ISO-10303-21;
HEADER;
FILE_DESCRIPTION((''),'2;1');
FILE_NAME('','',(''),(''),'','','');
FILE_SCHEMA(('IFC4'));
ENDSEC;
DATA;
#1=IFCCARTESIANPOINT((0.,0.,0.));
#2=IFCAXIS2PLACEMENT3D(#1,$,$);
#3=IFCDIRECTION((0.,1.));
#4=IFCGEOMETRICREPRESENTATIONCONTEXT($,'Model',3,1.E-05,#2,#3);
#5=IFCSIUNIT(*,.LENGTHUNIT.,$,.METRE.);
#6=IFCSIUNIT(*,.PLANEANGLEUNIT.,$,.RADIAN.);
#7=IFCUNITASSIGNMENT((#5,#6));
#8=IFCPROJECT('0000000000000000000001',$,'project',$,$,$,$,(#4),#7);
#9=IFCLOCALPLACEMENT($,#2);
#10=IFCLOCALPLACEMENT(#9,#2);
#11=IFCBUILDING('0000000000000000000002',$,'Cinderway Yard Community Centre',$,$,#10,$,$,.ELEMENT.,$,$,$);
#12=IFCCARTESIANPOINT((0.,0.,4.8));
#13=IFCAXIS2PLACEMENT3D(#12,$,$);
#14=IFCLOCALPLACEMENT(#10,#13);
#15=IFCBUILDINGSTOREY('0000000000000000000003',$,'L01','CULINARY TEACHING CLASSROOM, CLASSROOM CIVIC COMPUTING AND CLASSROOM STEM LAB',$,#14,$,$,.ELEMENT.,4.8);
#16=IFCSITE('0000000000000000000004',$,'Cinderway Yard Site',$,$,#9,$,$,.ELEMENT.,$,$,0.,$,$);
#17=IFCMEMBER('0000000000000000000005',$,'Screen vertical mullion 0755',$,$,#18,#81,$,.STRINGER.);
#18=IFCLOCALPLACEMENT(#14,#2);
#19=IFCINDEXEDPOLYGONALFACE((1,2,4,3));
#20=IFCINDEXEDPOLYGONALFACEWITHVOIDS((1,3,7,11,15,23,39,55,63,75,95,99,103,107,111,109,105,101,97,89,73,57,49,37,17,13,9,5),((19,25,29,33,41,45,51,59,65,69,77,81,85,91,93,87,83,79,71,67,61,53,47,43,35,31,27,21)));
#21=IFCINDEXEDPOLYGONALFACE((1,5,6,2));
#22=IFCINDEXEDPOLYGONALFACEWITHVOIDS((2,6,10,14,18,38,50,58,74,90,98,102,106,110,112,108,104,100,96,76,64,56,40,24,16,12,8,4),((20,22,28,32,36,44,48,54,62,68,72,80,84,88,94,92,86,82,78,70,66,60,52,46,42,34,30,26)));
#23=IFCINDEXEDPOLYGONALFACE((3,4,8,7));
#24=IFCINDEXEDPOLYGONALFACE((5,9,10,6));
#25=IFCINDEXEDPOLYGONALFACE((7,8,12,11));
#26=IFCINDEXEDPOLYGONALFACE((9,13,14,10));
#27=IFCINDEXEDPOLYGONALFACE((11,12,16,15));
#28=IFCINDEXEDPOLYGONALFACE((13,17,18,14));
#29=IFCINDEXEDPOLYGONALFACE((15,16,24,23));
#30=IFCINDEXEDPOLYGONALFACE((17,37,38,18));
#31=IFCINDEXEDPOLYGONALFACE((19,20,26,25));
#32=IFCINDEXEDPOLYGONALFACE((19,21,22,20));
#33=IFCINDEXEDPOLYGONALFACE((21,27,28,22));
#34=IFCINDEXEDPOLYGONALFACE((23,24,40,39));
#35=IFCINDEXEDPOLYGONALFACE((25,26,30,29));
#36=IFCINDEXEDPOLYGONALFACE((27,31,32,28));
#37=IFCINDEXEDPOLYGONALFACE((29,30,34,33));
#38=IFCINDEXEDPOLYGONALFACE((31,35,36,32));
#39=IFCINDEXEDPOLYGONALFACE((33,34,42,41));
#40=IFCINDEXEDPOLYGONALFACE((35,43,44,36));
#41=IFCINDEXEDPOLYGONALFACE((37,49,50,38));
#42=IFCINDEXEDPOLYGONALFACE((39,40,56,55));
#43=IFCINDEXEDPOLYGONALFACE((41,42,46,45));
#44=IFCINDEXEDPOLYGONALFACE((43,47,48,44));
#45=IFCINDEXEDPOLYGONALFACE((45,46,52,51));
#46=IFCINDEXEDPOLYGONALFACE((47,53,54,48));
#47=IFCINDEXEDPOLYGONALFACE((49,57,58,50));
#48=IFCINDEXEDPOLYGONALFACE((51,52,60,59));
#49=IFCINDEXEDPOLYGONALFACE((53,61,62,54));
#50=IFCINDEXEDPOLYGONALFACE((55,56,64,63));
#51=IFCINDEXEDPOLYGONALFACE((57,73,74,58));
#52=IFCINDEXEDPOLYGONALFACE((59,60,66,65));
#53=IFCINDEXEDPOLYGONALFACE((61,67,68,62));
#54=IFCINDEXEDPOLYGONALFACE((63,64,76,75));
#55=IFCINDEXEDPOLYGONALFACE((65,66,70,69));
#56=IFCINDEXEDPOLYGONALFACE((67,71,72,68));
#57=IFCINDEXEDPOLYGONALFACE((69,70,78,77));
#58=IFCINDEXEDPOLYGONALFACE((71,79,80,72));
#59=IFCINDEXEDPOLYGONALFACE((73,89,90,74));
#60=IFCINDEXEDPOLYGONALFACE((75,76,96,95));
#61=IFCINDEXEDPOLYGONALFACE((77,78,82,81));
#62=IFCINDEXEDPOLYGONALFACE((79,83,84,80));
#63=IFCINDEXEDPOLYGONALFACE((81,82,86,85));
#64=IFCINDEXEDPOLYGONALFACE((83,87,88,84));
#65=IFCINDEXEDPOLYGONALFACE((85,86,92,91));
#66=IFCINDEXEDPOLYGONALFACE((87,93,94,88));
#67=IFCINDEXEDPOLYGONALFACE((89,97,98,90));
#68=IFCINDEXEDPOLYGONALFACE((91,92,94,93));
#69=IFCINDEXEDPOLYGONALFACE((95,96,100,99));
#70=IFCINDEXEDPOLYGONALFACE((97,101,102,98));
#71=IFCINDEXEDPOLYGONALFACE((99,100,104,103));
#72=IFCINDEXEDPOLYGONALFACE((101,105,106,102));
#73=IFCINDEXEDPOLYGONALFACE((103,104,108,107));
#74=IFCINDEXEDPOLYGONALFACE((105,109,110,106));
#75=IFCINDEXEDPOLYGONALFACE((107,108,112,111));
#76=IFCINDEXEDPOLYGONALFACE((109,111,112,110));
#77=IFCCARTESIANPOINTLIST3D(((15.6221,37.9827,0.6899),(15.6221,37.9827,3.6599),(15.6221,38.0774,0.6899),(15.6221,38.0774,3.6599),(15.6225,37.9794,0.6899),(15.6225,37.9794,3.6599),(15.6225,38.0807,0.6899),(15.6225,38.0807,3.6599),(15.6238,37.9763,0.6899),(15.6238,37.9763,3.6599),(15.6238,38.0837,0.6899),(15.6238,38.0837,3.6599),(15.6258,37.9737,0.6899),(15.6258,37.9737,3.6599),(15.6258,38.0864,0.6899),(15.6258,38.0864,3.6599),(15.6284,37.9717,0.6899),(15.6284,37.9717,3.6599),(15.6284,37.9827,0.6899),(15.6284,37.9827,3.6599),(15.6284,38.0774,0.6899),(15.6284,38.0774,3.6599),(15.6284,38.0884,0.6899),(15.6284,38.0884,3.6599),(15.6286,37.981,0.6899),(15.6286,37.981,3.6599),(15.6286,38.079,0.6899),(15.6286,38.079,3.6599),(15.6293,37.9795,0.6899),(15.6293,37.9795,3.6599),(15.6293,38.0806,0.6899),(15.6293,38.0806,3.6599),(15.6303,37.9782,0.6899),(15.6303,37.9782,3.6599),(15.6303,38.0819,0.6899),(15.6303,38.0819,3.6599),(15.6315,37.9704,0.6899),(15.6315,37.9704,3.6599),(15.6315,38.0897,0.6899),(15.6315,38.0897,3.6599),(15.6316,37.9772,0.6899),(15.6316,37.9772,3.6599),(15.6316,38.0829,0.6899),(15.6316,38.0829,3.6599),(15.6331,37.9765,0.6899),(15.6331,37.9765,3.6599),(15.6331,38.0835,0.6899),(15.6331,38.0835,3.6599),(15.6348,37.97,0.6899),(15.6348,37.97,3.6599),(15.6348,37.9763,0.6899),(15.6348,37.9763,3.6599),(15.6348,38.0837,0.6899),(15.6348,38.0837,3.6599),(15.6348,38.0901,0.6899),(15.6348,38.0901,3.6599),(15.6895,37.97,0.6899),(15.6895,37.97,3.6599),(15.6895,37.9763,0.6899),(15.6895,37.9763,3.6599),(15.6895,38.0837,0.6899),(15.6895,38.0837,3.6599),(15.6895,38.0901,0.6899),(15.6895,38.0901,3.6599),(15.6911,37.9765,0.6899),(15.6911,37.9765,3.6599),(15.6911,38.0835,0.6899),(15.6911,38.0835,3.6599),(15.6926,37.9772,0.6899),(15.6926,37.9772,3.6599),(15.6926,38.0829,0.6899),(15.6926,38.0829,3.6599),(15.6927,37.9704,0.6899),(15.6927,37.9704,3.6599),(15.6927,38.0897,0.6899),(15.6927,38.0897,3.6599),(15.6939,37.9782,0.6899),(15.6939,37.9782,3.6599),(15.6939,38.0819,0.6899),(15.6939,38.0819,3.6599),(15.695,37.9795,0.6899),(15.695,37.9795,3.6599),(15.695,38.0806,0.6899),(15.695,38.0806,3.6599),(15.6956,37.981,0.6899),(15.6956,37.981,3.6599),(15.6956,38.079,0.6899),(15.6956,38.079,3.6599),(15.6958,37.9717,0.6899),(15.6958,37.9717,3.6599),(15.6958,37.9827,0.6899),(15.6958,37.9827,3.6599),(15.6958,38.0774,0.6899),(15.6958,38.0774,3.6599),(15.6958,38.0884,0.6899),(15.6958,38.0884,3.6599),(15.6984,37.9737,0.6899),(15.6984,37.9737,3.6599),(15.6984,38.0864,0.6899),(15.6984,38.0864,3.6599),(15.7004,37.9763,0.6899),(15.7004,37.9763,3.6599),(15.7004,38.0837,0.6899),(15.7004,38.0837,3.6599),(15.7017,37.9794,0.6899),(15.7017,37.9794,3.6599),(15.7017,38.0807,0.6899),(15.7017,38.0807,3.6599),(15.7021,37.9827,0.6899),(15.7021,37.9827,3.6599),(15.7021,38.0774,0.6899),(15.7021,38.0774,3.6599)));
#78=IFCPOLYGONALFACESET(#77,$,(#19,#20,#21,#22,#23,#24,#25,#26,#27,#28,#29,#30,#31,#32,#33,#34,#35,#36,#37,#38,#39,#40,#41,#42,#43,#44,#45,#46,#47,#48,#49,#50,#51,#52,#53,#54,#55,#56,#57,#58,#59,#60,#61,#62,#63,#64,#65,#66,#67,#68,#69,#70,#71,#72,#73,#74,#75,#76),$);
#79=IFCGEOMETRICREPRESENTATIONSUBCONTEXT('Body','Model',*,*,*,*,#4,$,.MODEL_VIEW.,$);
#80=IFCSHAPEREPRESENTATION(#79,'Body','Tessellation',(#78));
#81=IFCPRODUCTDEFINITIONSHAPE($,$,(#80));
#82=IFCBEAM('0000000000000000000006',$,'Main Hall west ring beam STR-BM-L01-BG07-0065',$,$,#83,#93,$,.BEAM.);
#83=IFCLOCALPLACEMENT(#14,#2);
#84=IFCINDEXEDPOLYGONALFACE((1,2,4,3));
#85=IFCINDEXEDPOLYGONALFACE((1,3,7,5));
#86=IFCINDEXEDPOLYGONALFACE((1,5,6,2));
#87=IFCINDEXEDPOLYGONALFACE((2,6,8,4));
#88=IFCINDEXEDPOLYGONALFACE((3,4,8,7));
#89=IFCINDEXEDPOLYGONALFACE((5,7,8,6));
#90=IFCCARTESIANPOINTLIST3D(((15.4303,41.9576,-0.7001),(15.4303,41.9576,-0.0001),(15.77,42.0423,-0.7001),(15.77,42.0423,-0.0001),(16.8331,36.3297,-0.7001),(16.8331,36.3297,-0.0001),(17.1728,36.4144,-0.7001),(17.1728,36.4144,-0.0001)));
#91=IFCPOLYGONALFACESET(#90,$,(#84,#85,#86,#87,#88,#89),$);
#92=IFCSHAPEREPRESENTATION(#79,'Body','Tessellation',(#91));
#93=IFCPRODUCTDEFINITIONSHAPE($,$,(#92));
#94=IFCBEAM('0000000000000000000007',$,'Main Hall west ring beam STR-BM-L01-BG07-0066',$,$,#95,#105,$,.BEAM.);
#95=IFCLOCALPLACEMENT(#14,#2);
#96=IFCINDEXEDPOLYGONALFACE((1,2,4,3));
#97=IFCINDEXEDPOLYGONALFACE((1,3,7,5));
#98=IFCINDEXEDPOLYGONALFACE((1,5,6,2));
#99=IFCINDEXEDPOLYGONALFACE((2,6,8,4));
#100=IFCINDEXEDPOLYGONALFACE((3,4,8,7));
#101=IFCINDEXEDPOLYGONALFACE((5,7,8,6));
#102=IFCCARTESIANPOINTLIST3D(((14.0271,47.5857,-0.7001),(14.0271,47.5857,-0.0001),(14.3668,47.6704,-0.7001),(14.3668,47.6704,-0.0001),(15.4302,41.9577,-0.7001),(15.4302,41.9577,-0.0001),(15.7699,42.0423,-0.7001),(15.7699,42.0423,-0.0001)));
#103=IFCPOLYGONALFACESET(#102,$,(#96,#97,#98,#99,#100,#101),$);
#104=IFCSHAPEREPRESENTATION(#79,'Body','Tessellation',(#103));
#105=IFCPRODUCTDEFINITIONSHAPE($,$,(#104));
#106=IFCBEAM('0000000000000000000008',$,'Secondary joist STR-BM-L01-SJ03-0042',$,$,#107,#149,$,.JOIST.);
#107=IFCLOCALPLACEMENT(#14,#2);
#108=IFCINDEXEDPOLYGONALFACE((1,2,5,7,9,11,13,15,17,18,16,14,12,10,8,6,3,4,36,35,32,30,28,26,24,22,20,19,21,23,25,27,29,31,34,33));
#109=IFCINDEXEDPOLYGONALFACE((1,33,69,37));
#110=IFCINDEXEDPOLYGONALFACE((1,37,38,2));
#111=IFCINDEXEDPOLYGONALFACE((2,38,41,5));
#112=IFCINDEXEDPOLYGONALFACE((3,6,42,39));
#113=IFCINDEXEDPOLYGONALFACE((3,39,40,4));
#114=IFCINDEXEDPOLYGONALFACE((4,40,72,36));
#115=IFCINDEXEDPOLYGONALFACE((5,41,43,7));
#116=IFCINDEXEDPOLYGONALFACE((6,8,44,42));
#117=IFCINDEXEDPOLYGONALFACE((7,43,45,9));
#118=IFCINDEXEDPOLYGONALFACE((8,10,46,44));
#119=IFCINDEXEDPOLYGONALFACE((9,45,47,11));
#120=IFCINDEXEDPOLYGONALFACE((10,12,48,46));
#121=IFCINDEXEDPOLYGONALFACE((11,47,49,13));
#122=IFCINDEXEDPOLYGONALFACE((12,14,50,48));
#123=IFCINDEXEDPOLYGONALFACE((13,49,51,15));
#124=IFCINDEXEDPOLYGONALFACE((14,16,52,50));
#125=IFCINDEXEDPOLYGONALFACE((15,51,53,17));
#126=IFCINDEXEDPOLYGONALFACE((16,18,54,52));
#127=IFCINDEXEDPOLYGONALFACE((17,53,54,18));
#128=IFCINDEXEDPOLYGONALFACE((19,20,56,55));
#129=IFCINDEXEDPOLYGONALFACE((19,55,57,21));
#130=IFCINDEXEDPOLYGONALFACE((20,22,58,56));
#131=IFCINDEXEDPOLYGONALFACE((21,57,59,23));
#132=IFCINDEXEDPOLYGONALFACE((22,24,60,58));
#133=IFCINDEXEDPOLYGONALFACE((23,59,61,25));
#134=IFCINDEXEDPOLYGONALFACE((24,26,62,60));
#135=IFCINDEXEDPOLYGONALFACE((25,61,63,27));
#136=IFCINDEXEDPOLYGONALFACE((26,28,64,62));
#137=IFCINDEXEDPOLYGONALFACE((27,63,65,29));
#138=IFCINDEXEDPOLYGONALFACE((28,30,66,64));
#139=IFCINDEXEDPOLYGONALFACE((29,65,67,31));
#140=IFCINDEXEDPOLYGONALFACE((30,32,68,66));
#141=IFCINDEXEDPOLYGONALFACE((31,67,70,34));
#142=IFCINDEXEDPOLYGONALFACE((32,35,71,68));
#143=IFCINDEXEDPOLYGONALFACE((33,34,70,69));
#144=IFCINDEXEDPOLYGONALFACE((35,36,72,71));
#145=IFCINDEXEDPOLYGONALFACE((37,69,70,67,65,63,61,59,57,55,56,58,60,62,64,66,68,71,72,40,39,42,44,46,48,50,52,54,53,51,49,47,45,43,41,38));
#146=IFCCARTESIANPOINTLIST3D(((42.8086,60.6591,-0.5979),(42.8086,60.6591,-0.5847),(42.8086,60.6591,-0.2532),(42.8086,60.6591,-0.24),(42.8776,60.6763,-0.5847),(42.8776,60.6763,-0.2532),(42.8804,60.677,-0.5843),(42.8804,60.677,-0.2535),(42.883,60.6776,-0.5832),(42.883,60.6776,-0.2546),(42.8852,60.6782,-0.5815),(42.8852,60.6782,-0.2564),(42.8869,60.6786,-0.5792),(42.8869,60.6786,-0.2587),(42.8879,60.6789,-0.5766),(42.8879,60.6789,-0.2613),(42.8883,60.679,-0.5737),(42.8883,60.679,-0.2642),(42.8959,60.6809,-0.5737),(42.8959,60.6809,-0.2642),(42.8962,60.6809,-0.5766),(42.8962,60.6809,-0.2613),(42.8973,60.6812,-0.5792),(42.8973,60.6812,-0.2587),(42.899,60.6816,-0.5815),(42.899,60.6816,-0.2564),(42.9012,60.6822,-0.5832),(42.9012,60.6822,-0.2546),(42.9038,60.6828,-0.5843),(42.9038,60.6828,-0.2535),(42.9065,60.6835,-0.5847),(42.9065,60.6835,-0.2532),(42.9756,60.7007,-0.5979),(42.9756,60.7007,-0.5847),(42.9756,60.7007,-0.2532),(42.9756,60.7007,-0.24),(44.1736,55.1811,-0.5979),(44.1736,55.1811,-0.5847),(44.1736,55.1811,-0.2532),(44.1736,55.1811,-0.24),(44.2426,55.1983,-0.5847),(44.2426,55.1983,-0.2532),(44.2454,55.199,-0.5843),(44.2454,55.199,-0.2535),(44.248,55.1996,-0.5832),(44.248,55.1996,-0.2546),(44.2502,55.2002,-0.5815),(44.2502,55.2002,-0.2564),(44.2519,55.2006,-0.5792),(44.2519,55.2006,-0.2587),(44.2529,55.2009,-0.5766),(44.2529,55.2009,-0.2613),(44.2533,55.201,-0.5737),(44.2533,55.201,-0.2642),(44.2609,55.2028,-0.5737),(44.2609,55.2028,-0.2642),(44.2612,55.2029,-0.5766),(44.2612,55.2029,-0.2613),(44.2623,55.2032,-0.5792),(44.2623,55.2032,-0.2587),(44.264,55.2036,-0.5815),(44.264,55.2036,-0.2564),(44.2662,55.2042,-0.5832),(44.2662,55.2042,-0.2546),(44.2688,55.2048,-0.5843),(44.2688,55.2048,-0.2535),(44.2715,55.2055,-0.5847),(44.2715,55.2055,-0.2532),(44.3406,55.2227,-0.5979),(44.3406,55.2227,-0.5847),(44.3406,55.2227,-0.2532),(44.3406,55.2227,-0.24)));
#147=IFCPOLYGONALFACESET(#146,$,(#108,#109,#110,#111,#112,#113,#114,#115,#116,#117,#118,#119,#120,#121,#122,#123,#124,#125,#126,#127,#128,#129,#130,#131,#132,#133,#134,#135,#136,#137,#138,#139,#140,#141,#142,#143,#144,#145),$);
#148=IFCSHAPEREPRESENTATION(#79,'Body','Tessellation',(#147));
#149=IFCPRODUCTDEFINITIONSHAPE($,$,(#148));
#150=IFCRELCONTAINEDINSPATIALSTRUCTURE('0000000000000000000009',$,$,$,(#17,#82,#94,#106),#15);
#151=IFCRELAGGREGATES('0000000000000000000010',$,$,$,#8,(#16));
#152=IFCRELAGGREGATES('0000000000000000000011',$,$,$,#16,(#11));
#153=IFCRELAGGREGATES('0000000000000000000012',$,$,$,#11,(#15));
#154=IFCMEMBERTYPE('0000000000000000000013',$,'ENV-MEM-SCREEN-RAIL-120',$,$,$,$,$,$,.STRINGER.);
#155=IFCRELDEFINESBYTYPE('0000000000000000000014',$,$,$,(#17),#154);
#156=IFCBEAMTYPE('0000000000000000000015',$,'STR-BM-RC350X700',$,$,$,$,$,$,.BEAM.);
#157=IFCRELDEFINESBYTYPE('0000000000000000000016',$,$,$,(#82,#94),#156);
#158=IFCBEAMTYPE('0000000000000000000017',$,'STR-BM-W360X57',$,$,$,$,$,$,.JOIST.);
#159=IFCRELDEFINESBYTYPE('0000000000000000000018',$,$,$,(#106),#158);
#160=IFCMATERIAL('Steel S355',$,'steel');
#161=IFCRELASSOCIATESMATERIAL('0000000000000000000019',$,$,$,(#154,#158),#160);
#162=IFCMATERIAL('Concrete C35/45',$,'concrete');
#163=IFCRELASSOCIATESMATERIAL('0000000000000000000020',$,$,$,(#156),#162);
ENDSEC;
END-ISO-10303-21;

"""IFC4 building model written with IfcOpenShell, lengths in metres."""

from ifc_helpers import new_model, si_unit, direction, frame, origin, origin_2d, place, context, subcontext, project, spatial, rectangle, hollow_rectangle, i_section, extrude, material, material_profile, profile_set, type_object, element, save


model = new_model("IFC4")

# Units and contexts
model_context = context("Model", 3, precision=1e-05, world=origin(), true_north=direction((0.0, 1.0)))
body_context = subcontext(model_context, "Body", "Model", "MODEL_VIEW")
ifc_project = project(units=[si_unit("LENGTHUNIT", "METRE"), si_unit("PLANEANGLEUNIT", "RADIAN")], contexts=[model_context])

# Site, building, storey
site_placement = place(None, origin())
site = spatial("IfcSite", under=ifc_project, at=site_placement, Name="Cinderway Yard Site", CompositionType="ELEMENT", RefElevation=0.0)
building_placement = place(site_placement, origin())
building = spatial("IfcBuilding", under=site, at=building_placement, Name="Cinderway Yard Community Centre", CompositionType="ELEMENT")
storey_placement = place(building_placement, frame((0.0, 0.0, 4.8)))
storey = spatial("IfcBuildingStorey", under=building, at=storey_placement, Name="L01", Description="CULINARY TEACHING CLASSROOM, CLASSROOM CIVIC COMPUTING AND CLASSROOM STEM LAB", CompositionType="ELEMENT", Elevation=4.8)

# Member
ifc_material_1 = material(Name="Steel S355", Category="steel")
ifc_material_profile_1 = material_profile(ifc_material_1, hollow_rectangle(XDim=0.0801, YDim=0.1201, WallThickness=0.0063, InnerFilletRadius=0.0063, OuterFilletRadius=0.0127, at=origin_2d()), Name="Steel S355")
ifc_profile_set_1 = profile_set([ifc_material_profile_1], Name="Steel S355")
member_type_1 = type_object("IfcMemberType", Name="ENV-MEM-SCREEN-RAIL-120", PredefinedType="STRINGER", material=ifc_profile_set_1)
member_placement = place(storey_placement, frame((15.6621, 38.03, 0.6899), z_axis=(0.0, 0.0, 1.0), x_axis=(1.0, 0.0, 0.0)))
element("IfcMember", 1, at=member_placement, inside=storey, type_object=member_type_1, Name="Screen vertical mullion 0755", PredefinedType="STRINGER", context=body_context, shape_type="SweptSolid", body=[
    extrude(hollow_rectangle(XDim=0.0801, YDim=0.1201, WallThickness=0.0063, InnerFilletRadius=0.0063, OuterFilletRadius=0.0127, at=origin_2d()), origin(), (0.0, 0.0, 1.0), 2.97),
])

# Beams
ifc_material_2 = material(Name="Concrete C35/45", Category="concrete")
ifc_material_profile_2 = material_profile(ifc_material_2, rectangle(XDim=0.3501, YDim=0.7, at=origin_2d()), Name="Concrete C35/45")
ifc_profile_set_2 = profile_set([ifc_material_profile_2], Name="Concrete C35/45")
beam_type_1 = type_object("IfcBeamType", Name="STR-BM-RC350X700", PredefinedType="BEAM", material=ifc_profile_set_2)
beam_1_placement = place(storey_placement, frame((17.0029, 36.3721, -0.3501), z_axis=(-0.241862, 0.970311, 0.0), x_axis=(-0.970311, -0.241862, 0.0)))
element("IfcBeam", 2, at=beam_1_placement, inside=storey, type_object=beam_type_1, Name="Main Hall west ring beam STR-BM-L01-BG07-0065", PredefinedType="BEAM", context=body_context, shape_type="SweptSolid", body=[
    extrude(rectangle(XDim=0.3501, YDim=0.7, at=origin_2d()), origin(), (0.0, 0.0, 1.0), 5.8),
])
beam_2_placement = place(storey_placement, frame((15.6001, 42.0, -0.3501), z_axis=(-0.241902, 0.970301, 0.0), x_axis=(-0.970301, -0.241902, 0.0)))
element("IfcBeam", 3, at=beam_2_placement, inside=storey, type_object=beam_type_1, Name="Main Hall west ring beam STR-BM-L01-BG07-0066", PredefinedType="BEAM", context=body_context, shape_type="SweptSolid", body=[
    extrude(rectangle(XDim=0.3501, YDim=0.7, at=origin_2d()), origin(), (0.0, 0.0, 1.0), 5.8003),
])
ifc_material_profile_3 = material_profile(ifc_material_1, i_section(OverallWidth=0.1721, OverallDepth=0.3579, WebThickness=0.0078, FlangeThickness=0.0132, FilletRadius=0.011, at=origin_2d()), Name="Steel S355")
ifc_profile_set_3 = profile_set([ifc_material_profile_3], Name="Steel S355")
beam_type_2 = type_object("IfcBeamType", Name="STR-BM-W360X57", PredefinedType="JOIST", material=ifc_profile_set_3)
beam_3_placement = place(storey_placement, frame((44.2571, 55.2019, -0.4189), z_axis=(-0.241783, 0.97033, 0.0), x_axis=(-0.97033, -0.241783, 0.0)))
element("IfcBeam", 4, at=beam_3_placement, inside=storey, type_object=beam_type_2, Name="Secondary joist STR-BM-L01-SJ03-0042", PredefinedType="JOIST", context=body_context, shape_type="SweptSolid", body=[
    extrude(i_section(OverallWidth=0.1721, OverallDepth=0.3579, WebThickness=0.0078, FlangeThickness=0.0132, FilletRadius=0.011, at=origin_2d()), origin(), (0.0, 0.0, 1.0), 5.6455),
])

save(model, "model.ifc")
